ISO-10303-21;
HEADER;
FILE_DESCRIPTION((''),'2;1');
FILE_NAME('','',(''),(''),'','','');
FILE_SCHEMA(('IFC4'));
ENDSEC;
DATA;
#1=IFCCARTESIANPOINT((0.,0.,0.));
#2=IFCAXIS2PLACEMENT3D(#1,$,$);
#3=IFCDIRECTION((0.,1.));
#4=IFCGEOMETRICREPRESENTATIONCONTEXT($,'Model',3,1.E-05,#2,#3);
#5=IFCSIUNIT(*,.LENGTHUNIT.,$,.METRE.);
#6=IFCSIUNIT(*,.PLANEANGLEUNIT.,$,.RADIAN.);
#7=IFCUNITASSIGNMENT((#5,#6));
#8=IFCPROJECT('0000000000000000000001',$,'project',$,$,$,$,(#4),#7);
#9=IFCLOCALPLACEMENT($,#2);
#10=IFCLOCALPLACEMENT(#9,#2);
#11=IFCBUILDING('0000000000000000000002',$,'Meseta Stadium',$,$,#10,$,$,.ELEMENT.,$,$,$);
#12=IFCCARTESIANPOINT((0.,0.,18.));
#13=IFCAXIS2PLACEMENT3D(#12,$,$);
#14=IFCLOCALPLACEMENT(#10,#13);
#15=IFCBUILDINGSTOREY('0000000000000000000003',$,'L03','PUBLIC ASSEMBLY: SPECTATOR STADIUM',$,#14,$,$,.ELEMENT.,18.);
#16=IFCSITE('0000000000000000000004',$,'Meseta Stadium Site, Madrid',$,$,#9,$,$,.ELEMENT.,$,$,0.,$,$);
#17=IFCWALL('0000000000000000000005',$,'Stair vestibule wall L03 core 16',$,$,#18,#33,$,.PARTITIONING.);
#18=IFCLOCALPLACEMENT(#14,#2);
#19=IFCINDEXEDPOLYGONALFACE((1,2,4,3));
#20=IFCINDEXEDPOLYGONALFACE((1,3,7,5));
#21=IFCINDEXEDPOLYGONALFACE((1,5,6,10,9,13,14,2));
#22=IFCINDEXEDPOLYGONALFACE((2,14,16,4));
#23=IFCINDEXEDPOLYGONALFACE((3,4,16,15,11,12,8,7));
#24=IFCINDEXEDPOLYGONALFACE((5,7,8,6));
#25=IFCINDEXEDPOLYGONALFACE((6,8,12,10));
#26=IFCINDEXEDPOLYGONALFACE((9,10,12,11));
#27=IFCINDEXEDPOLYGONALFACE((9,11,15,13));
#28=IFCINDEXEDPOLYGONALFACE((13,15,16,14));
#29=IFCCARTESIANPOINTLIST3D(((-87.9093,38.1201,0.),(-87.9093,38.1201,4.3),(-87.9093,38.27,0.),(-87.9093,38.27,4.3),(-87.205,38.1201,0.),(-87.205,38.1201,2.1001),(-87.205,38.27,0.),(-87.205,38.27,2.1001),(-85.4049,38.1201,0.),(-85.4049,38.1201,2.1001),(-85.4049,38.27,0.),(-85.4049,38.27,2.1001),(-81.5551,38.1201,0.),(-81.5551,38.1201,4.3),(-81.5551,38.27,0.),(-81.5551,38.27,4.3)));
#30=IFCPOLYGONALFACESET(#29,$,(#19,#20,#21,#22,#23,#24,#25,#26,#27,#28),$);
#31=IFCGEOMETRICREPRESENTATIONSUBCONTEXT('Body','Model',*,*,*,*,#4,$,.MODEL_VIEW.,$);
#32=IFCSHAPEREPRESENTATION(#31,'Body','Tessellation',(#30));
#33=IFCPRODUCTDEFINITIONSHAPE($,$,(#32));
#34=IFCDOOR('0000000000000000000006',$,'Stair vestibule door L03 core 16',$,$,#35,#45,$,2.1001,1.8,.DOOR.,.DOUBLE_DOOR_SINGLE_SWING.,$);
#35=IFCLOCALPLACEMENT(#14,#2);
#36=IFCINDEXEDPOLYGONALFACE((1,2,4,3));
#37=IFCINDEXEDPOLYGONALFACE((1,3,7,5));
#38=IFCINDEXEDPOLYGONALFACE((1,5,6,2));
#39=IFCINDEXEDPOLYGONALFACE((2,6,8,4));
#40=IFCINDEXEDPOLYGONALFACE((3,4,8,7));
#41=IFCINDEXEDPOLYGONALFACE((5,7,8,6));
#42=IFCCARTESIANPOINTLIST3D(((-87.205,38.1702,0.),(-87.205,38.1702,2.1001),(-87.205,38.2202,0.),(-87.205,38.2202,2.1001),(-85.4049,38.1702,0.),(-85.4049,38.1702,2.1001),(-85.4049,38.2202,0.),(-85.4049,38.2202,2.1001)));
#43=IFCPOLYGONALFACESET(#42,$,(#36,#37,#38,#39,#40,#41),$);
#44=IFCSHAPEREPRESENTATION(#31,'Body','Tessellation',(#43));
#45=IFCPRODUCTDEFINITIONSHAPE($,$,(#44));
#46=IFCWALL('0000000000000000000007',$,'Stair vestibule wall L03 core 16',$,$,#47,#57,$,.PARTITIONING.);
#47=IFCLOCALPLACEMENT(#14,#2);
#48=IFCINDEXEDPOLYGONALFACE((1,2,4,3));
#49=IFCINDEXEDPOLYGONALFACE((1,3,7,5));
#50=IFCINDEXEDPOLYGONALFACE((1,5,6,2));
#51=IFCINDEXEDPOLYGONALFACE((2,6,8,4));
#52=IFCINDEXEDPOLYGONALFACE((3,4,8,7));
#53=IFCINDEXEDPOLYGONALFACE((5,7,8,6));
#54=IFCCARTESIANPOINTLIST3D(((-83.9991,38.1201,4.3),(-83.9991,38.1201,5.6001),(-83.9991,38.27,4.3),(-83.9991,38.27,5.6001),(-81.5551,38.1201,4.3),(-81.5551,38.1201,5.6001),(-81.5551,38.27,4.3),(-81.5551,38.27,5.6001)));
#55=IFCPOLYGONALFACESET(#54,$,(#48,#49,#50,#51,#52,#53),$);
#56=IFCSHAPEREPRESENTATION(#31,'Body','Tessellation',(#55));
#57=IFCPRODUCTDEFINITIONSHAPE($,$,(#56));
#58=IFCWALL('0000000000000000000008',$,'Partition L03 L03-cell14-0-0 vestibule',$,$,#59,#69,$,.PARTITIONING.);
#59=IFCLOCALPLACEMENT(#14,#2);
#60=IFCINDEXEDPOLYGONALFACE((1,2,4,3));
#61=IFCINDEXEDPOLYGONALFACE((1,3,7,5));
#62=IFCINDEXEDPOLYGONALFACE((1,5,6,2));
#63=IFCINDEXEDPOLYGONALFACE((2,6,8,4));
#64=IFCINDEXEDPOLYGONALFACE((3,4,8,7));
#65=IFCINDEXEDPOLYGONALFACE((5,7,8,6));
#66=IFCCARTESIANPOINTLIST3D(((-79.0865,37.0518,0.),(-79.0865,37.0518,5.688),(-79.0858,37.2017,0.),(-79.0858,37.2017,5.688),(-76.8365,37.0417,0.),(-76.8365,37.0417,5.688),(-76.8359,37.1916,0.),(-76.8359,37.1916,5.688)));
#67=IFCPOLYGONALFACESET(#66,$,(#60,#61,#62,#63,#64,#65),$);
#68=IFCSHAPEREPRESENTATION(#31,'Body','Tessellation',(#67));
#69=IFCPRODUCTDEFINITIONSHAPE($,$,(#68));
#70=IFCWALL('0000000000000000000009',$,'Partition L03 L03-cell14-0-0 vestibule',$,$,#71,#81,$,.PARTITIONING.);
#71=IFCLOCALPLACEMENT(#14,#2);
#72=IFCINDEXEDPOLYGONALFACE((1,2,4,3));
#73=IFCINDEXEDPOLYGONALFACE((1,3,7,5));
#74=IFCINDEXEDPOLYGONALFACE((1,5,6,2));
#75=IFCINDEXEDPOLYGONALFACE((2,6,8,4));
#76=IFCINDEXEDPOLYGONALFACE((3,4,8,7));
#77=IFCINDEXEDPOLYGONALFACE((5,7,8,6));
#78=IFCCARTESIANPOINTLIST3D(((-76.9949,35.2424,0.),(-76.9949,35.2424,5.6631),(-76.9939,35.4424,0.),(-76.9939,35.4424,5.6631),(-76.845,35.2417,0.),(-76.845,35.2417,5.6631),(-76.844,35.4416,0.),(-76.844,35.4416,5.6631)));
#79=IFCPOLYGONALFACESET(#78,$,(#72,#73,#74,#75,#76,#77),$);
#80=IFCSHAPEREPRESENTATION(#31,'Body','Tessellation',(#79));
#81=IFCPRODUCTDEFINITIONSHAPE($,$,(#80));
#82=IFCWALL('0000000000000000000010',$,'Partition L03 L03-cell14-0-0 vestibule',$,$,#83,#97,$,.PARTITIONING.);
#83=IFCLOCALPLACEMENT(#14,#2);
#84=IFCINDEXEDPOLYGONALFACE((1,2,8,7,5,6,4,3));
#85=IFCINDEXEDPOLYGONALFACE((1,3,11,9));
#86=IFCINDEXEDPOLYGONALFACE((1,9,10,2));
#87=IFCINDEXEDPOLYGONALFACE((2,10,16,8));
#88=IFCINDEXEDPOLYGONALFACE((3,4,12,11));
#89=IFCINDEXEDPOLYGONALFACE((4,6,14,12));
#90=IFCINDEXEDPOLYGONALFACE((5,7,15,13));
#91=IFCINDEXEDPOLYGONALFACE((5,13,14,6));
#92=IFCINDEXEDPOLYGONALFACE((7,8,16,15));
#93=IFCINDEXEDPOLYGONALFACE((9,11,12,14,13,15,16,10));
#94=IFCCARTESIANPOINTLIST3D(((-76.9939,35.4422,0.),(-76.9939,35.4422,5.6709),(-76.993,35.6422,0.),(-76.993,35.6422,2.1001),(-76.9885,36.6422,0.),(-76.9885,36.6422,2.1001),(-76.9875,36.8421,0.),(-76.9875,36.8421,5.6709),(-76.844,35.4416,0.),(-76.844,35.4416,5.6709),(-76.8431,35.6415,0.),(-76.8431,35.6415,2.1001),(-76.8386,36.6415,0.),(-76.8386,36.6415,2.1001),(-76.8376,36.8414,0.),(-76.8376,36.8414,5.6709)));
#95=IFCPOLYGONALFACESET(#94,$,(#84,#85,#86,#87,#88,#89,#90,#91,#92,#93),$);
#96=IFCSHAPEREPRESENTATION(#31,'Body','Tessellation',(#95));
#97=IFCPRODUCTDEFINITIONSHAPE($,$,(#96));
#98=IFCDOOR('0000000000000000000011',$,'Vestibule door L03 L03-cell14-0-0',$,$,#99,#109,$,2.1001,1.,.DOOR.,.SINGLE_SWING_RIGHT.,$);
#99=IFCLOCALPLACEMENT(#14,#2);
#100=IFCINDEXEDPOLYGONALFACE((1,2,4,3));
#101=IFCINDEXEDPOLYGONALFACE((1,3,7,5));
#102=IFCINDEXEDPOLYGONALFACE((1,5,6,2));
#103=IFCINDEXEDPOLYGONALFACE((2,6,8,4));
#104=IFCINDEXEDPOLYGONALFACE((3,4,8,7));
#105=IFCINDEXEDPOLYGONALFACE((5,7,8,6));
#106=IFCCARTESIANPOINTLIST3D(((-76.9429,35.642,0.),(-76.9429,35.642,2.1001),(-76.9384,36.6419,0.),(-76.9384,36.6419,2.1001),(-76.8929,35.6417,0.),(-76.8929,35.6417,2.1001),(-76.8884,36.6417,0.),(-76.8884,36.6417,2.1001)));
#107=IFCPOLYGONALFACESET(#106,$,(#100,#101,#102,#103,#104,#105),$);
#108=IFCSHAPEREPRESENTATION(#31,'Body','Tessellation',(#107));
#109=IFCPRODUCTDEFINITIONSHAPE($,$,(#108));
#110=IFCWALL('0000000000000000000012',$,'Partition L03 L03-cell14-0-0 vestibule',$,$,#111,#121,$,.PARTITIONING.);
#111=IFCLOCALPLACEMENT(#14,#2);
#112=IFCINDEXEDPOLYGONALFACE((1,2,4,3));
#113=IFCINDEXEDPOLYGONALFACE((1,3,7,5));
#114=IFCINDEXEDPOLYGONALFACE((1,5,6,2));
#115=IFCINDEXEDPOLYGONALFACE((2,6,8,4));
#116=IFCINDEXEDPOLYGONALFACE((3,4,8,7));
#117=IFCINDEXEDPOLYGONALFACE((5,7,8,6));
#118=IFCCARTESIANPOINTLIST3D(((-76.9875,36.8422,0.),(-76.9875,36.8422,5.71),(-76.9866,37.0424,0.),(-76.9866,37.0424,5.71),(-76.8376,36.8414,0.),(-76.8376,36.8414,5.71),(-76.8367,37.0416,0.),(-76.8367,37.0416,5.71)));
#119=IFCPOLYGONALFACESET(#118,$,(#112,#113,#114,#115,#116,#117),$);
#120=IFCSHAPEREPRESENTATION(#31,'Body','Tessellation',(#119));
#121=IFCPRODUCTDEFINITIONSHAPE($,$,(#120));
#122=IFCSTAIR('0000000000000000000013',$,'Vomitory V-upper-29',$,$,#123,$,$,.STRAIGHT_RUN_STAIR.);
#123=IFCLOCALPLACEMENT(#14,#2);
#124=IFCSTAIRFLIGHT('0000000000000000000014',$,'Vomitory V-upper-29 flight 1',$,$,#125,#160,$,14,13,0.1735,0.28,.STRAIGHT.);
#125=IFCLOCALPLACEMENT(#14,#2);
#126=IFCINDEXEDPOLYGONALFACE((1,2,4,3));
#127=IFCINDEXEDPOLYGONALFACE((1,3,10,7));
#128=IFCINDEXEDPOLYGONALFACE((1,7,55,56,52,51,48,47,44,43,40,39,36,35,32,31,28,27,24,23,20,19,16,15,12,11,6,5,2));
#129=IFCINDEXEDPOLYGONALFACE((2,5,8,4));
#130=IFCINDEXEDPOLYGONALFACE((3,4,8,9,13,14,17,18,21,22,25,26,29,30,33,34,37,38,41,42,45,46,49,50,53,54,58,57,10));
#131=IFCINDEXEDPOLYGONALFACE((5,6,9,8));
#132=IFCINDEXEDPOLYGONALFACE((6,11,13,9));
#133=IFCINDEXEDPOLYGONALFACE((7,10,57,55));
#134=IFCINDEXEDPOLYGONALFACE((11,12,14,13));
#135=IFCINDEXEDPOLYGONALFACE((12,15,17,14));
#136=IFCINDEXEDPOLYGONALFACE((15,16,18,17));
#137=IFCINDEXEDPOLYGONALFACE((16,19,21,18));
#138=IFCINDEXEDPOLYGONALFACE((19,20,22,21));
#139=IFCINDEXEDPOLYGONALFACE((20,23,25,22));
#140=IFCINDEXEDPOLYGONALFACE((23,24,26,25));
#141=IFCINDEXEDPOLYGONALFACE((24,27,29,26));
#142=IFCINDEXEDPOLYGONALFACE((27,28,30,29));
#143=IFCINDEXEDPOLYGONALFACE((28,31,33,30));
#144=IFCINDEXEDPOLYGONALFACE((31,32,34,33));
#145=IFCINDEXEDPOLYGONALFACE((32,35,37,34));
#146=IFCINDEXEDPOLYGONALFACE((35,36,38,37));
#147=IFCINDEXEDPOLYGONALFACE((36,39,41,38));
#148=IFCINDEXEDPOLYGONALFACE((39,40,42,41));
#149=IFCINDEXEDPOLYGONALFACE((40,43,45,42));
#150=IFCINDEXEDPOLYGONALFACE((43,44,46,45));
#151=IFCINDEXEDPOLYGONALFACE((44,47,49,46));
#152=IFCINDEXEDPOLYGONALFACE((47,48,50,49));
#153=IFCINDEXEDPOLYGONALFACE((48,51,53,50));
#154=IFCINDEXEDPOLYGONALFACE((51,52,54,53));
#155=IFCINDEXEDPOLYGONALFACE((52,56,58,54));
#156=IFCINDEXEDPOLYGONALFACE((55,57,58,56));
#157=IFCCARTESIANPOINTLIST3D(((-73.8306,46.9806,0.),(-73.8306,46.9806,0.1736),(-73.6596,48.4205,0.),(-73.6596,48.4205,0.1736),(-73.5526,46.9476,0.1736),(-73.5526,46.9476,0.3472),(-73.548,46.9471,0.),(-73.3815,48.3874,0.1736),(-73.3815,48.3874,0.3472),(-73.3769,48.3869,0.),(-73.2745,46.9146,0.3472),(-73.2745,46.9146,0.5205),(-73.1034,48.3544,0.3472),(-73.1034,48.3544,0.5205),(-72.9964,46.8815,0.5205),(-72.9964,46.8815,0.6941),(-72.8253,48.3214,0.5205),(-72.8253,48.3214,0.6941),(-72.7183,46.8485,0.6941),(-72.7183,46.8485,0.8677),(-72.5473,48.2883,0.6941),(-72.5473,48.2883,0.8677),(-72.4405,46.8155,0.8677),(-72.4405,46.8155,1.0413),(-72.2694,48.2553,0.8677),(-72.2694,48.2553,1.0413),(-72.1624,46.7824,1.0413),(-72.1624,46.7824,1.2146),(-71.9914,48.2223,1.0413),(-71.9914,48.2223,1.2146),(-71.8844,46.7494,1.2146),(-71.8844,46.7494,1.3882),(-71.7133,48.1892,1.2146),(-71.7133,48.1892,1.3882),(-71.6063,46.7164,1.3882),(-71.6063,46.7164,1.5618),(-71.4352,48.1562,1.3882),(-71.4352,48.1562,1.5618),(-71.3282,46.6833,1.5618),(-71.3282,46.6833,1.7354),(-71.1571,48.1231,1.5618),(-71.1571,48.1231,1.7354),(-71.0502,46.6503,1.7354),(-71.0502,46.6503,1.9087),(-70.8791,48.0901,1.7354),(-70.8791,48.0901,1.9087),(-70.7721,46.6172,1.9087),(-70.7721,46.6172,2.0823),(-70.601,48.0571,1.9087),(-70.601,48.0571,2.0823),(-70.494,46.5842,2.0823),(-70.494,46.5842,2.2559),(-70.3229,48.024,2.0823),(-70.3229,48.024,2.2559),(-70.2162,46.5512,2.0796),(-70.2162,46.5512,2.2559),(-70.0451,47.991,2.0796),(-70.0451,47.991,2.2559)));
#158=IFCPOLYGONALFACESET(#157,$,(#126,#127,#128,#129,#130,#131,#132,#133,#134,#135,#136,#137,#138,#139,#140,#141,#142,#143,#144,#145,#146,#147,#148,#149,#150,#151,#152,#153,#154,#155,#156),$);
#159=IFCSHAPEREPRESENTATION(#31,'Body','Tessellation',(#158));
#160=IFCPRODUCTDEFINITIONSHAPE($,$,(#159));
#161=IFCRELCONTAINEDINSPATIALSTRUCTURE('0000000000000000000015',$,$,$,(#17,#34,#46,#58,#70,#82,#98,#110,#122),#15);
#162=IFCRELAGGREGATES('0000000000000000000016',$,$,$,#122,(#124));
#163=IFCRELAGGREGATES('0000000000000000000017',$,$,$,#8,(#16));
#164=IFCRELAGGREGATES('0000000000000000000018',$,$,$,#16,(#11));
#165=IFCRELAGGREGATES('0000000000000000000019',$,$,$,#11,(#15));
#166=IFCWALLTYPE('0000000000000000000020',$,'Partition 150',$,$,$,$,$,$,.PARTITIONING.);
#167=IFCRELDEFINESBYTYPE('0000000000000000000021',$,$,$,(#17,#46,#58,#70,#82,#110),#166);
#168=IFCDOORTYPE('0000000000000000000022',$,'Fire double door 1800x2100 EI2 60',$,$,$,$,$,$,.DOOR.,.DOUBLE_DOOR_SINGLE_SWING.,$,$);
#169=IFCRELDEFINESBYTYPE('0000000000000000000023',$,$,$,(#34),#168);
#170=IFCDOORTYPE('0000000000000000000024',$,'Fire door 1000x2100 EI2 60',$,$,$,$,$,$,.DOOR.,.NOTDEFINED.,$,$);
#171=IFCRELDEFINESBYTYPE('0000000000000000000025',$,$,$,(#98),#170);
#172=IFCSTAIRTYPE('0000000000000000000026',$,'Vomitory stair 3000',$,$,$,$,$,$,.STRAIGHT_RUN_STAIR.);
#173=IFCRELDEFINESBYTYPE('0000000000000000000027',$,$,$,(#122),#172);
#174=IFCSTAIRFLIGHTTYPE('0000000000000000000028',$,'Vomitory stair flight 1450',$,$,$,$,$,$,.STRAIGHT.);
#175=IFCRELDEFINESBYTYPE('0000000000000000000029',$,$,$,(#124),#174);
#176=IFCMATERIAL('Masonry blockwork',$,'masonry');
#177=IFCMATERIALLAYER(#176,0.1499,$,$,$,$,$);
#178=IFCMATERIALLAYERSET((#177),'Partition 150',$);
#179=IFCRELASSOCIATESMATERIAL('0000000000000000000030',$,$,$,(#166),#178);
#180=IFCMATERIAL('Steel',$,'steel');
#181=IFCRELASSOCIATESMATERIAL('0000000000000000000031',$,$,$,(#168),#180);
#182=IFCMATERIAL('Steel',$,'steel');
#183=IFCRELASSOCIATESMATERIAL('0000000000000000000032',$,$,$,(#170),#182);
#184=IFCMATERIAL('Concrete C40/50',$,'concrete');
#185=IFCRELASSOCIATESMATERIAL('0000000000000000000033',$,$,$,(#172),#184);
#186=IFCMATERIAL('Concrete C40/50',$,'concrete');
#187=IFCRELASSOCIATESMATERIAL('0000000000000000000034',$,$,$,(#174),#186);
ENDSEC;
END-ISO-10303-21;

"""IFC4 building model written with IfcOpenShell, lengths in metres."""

from ifc_helpers import new_model, si_unit, direction, frame, frame_2d, origin, place, context, subcontext, project, spatial, polyline, rectangle, outline, extrude, material, layer, layer_set, type_object, element, fill, aggregate, save


model = new_model("IFC4")

# Units and contexts
model_context = context("Model", 3, precision=1e-05, world=origin(), true_north=direction((0.0, 1.0)))
body_context = subcontext(model_context, "Body", "Model", "MODEL_VIEW")
ifc_project = project(units=[si_unit("LENGTHUNIT", "METRE"), si_unit("PLANEANGLEUNIT", "RADIAN")], contexts=[model_context])

# Site, building, storey
site_placement = place(None, origin())
site = spatial("IfcSite", under=ifc_project, at=site_placement, Name="Meseta Stadium Site, Madrid", CompositionType="ELEMENT", RefElevation=0.0)
building_placement = place(site_placement, origin())
building = spatial("IfcBuilding", under=site, at=building_placement, Name="Meseta Stadium", CompositionType="ELEMENT")
storey_placement = place(building_placement, frame((0.0, 0.0, 18.0)))
storey = spatial("IfcBuildingStorey", under=building, at=storey_placement, Name="L03", Description="PUBLIC ASSEMBLY: SPECTATOR STADIUM", CompositionType="ELEMENT", Elevation=18.0)

# Shared definitions
ifc_material_1 = material(Name="Masonry blockwork", Category="masonry")
ifc_layer_1 = layer(ifc_material_1, 0.1499)
ifc_layer_set_1 = layer_set([ifc_layer_1], Name="Partition 150")
wall_type_1 = type_object("IfcWallType", Name="Partition 150", PredefinedType="PARTITIONING", material=ifc_layer_set_1)

# Shared definitions
ifc_material_2 = material(Name="Steel", Category="steel")
door_type_1 = type_object("IfcDoorType", Name="Fire double door 1800x2100 EI2 60", OperationType="DOUBLE_DOOR_SINGLE_SWING", PredefinedType="DOOR", material=ifc_material_2)

# Wall, opening, door
wall_1_placement = place(storey_placement, frame((-81.5549, 38.1951, 0.0), z_axis=(0.0, 0.0, 1.0), x_axis=(-1.0, 0.0, 0.0)))
wall_1 = element("IfcWall", 1, at=wall_1_placement, inside=storey, type_object=wall_type_1, Name="Stair vestibule wall L03 core 16", PredefinedType="PARTITIONING", context=body_context, shape_type="SweptSolid", body=[
    extrude(rectangle(XDim=6.3542, YDim=0.1499, at=frame_2d((3.1772, 0.0))), origin(), (0.0, 0.0, 1.0), 4.3),
])
opening_1_placement = place(wall_1_placement, frame((3.8501, 0.0, 0.0)))
opening_1 = element("IfcOpeningElement", 2, at=opening_1_placement, cuts=wall_1, PredefinedType="OPENING", context=body_context, shape_type="SweptSolid", body=[
    extrude(rectangle(XDim=1.8, YDim=2.1001, at=frame_2d((0.8999, 1.05))), frame((0.0, 0.085, 0.0), z_axis=(0.0, -1.0, 0.0), x_axis=(1.0, 0.0, 0.0)), (0.0, 0.0, 1.0), 0.1699),
])
door_1_placement = place(opening_1_placement, origin())
door_1 = element("IfcDoor", 3, at=door_1_placement, inside=storey, type_object=door_type_1, Name="Stair vestibule door L03 core 16", OperationType="DOUBLE_DOOR_SINGLE_SWING", OverallHeight=2.1001, OverallWidth=1.8, PredefinedType="DOOR", context=body_context, shape_type="SweptSolid", body=[
    extrude(rectangle(XDim=1.8, YDim=2.1001, at=frame_2d((0.8999, 1.05))), frame((0.0, 0.0249, 0.0), z_axis=(0.0, -1.0, 0.0), x_axis=(1.0, 0.0, 0.0)), (0.0, 0.0, 1.0), 0.05),
])
fill(opening_1, door_1)

# Walls
wall_2_placement = place(storey_placement, frame((-81.5549, 38.1951, 4.3), z_axis=(0.0, 0.0, 1.0), x_axis=(-1.0, 0.0, 0.0)))
element("IfcWall", 4, at=wall_2_placement, inside=storey, type_object=wall_type_1, Name="Stair vestibule wall L03 core 16", PredefinedType="PARTITIONING", context=body_context, shape_type="SweptSolid", body=[
    extrude(rectangle(XDim=2.4441, YDim=0.1499, at=frame_2d((1.2222, 0.0))), origin(), (0.0, 0.0, 1.0), 1.3),
])
wall_3_placement = place(storey_placement, frame((-79.0862, 37.1267, 0.0), z_axis=(0.0, 0.0, 1.0), x_axis=(0.99999, -0.004449, 0.0)))
element("IfcWall", 5, at=wall_3_placement, inside=storey, type_object=wall_type_1, Name="Partition L03 L03-cell14-0-0 vestibule", PredefinedType="PARTITIONING", context=body_context, shape_type="SweptSolid", body=[
    extrude(rectangle(XDim=2.25, YDim=0.1499, at=frame_2d((1.125, 0.0))), origin(), (0.0, 0.0, 1.0), 5.688),
])
wall_4_placement = place(storey_placement, frame((-76.9199, 35.2419, 0.0), z_axis=(0.0, 0.0, 1.0), x_axis=(0.004884, 0.999988, 0.0)))
element("IfcWall", 6, at=wall_4_placement, inside=storey, type_object=wall_type_1, Name="Partition L03 L03-cell14-0-0 vestibule", PredefinedType="PARTITIONING", context=body_context, shape_type="SweptSolid", body=[
    extrude(rectangle(XDim=0.2, YDim=0.1499, at=frame_2d((0.1001, 0.0))), origin(), (0.0, 0.0, 1.0), 5.6631),
])

# Wall, opening, door
wall_5_placement = place(storey_placement, frame((-76.9189, 35.4419, 0.0), z_axis=(0.0, 0.0, 1.0), x_axis=(0.004534, 0.99999, 0.0)))
wall_5 = element("IfcWall", 7, at=wall_5_placement, inside=storey, type_object=wall_type_1, Name="Partition L03 L03-cell14-0-0 vestibule", PredefinedType="PARTITIONING", context=body_context, shape_type="SweptSolid", body=[
    extrude(rectangle(XDim=1.3999, YDim=0.1499, at=frame_2d((0.7, 0.0))), origin(), (0.0, 0.0, 1.0), 5.6709),
])
opening_2_placement = place(wall_5_placement, frame((0.2, 0.0, 0.0)))
opening_2 = element("IfcOpeningElement", 8, at=opening_2_placement, cuts=wall_5, PredefinedType="OPENING", context=body_context, shape_type="SweptSolid", body=[
    extrude(rectangle(XDim=1.0, YDim=2.1001, at=frame_2d((0.5, 1.05))), frame((0.0, 0.085, 0.0), z_axis=(0.0, -1.0, 0.0), x_axis=(1.0, 0.0, 0.0)), (0.0, 0.0, 1.0), 0.1699),
])
ifc_material_3 = material(Name="Steel", Category="steel")
door_type_2 = type_object("IfcDoorType", Name="Fire door 1000x2100 EI2 60", OperationType="NOTDEFINED", PredefinedType="DOOR", material=ifc_material_3)
door_2_placement = place(opening_2_placement, origin())
door_2 = element("IfcDoor", 9, at=door_2_placement, inside=storey, type_object=door_type_2, Name="Vestibule door L03 L03-cell14-0-0", OperationType="SINGLE_SWING_RIGHT", OverallHeight=2.1001, OverallWidth=1.0, PredefinedType="DOOR", context=body_context, shape_type="SweptSolid", body=[
    extrude(rectangle(XDim=1.0, YDim=2.1001, at=frame_2d((0.5, 1.05))), frame((0.0, 0.0249, 0.0), z_axis=(0.0, -1.0, 0.0), x_axis=(1.0, 0.0, 0.0)), (0.0, 0.0, 1.0), 0.05),
])
fill(opening_2, door_2)

# Wall
wall_6_placement = place(storey_placement, frame((-76.9126, 36.8418, 0.0), z_axis=(0.0, 0.0, 1.0), x_axis=(0.004878, 0.999988, 0.0)))
element("IfcWall", 10, at=wall_6_placement, inside=storey, type_object=wall_type_1, Name="Partition L03 L03-cell14-0-0 vestibule", PredefinedType="PARTITIONING", context=body_context, shape_type="SweptSolid", body=[
    extrude(rectangle(XDim=0.2002, YDim=0.1499, at=frame_2d((0.1001, 0.0))), origin(), (0.0, 0.0, 1.0), 5.71),
])

# Stair, stair flight
ifc_material_4 = material(Name="Concrete C40/50", Category="concrete")
stair_type = type_object("IfcStairType", Name="Vomitory stair 3000", PredefinedType="STRAIGHT_RUN_STAIR", material=ifc_material_4)
stair_1_placement = place(storey_placement, origin())
stair_1 = element("IfcStair", 11, at=stair_1_placement, inside=storey, type_object=stair_type, Name="Vomitory V-upper-29", PredefinedType="STRAIGHT_RUN_STAIR")
ifc_material_5 = material(Name="Concrete C40/50", Category="concrete")
stair_flight_type = type_object("IfcStairFlightType", Name="Vomitory stair flight 1450", PredefinedType="STRAIGHT", material=ifc_material_5)
stair_flight_1_placement = place(storey_placement, frame((-73.7451, 47.7004, 0.0), z_axis=(0.0, 0.0, 1.0), x_axis=(0.993015, -0.117988, 0.0)))
stair_flight_1 = element("IfcStairFlight", 12, at=stair_flight_1_placement, type_object=stair_flight_type, Name="Vomitory V-upper-29 flight 1", NumberOfRisers=14, NumberOfTreads=13, PredefinedType="STRAIGHT", RiserHeight=0.1735, TreadLength=0.28, context=body_context, shape_type="SweptSolid", body=[
    extrude(outline(polyline([(0.0, 0.0), (0.0, 0.1736), (0.28, 0.1736), (0.28, 0.3472), (0.5601, 0.3472), (0.5601, 0.5205), (0.8401, 0.5205), (0.8401, 0.6941), (1.1201, 0.6941), (1.1201, 0.8677), (1.3999, 0.8677), (1.3999, 1.0413), (1.6799, 1.0413), (1.6799, 1.2146), (1.96, 1.2146), (1.96, 1.3882), (2.24, 1.3882), (2.24, 1.5618), (2.52, 1.5618), (2.52, 1.7354), (2.8, 1.7354), (2.8, 1.9087), (3.0801, 1.9087), (3.0801, 2.0823), (3.3601, 2.0823), (3.3601, 2.2559), (3.6399, 2.2559), (3.6399, 2.0796), (0.2847, 0.0), (0.0, 0.0)])), frame((0.0, 0.7251, 0.0), z_axis=(0.0, -1.0, 0.0), x_axis=(1.0, 0.0, 0.0)), (0.0, 0.0, 1.0), 1.45),
])
aggregate(stair_1, [stair_flight_1])

save(model, "model.ifc")
